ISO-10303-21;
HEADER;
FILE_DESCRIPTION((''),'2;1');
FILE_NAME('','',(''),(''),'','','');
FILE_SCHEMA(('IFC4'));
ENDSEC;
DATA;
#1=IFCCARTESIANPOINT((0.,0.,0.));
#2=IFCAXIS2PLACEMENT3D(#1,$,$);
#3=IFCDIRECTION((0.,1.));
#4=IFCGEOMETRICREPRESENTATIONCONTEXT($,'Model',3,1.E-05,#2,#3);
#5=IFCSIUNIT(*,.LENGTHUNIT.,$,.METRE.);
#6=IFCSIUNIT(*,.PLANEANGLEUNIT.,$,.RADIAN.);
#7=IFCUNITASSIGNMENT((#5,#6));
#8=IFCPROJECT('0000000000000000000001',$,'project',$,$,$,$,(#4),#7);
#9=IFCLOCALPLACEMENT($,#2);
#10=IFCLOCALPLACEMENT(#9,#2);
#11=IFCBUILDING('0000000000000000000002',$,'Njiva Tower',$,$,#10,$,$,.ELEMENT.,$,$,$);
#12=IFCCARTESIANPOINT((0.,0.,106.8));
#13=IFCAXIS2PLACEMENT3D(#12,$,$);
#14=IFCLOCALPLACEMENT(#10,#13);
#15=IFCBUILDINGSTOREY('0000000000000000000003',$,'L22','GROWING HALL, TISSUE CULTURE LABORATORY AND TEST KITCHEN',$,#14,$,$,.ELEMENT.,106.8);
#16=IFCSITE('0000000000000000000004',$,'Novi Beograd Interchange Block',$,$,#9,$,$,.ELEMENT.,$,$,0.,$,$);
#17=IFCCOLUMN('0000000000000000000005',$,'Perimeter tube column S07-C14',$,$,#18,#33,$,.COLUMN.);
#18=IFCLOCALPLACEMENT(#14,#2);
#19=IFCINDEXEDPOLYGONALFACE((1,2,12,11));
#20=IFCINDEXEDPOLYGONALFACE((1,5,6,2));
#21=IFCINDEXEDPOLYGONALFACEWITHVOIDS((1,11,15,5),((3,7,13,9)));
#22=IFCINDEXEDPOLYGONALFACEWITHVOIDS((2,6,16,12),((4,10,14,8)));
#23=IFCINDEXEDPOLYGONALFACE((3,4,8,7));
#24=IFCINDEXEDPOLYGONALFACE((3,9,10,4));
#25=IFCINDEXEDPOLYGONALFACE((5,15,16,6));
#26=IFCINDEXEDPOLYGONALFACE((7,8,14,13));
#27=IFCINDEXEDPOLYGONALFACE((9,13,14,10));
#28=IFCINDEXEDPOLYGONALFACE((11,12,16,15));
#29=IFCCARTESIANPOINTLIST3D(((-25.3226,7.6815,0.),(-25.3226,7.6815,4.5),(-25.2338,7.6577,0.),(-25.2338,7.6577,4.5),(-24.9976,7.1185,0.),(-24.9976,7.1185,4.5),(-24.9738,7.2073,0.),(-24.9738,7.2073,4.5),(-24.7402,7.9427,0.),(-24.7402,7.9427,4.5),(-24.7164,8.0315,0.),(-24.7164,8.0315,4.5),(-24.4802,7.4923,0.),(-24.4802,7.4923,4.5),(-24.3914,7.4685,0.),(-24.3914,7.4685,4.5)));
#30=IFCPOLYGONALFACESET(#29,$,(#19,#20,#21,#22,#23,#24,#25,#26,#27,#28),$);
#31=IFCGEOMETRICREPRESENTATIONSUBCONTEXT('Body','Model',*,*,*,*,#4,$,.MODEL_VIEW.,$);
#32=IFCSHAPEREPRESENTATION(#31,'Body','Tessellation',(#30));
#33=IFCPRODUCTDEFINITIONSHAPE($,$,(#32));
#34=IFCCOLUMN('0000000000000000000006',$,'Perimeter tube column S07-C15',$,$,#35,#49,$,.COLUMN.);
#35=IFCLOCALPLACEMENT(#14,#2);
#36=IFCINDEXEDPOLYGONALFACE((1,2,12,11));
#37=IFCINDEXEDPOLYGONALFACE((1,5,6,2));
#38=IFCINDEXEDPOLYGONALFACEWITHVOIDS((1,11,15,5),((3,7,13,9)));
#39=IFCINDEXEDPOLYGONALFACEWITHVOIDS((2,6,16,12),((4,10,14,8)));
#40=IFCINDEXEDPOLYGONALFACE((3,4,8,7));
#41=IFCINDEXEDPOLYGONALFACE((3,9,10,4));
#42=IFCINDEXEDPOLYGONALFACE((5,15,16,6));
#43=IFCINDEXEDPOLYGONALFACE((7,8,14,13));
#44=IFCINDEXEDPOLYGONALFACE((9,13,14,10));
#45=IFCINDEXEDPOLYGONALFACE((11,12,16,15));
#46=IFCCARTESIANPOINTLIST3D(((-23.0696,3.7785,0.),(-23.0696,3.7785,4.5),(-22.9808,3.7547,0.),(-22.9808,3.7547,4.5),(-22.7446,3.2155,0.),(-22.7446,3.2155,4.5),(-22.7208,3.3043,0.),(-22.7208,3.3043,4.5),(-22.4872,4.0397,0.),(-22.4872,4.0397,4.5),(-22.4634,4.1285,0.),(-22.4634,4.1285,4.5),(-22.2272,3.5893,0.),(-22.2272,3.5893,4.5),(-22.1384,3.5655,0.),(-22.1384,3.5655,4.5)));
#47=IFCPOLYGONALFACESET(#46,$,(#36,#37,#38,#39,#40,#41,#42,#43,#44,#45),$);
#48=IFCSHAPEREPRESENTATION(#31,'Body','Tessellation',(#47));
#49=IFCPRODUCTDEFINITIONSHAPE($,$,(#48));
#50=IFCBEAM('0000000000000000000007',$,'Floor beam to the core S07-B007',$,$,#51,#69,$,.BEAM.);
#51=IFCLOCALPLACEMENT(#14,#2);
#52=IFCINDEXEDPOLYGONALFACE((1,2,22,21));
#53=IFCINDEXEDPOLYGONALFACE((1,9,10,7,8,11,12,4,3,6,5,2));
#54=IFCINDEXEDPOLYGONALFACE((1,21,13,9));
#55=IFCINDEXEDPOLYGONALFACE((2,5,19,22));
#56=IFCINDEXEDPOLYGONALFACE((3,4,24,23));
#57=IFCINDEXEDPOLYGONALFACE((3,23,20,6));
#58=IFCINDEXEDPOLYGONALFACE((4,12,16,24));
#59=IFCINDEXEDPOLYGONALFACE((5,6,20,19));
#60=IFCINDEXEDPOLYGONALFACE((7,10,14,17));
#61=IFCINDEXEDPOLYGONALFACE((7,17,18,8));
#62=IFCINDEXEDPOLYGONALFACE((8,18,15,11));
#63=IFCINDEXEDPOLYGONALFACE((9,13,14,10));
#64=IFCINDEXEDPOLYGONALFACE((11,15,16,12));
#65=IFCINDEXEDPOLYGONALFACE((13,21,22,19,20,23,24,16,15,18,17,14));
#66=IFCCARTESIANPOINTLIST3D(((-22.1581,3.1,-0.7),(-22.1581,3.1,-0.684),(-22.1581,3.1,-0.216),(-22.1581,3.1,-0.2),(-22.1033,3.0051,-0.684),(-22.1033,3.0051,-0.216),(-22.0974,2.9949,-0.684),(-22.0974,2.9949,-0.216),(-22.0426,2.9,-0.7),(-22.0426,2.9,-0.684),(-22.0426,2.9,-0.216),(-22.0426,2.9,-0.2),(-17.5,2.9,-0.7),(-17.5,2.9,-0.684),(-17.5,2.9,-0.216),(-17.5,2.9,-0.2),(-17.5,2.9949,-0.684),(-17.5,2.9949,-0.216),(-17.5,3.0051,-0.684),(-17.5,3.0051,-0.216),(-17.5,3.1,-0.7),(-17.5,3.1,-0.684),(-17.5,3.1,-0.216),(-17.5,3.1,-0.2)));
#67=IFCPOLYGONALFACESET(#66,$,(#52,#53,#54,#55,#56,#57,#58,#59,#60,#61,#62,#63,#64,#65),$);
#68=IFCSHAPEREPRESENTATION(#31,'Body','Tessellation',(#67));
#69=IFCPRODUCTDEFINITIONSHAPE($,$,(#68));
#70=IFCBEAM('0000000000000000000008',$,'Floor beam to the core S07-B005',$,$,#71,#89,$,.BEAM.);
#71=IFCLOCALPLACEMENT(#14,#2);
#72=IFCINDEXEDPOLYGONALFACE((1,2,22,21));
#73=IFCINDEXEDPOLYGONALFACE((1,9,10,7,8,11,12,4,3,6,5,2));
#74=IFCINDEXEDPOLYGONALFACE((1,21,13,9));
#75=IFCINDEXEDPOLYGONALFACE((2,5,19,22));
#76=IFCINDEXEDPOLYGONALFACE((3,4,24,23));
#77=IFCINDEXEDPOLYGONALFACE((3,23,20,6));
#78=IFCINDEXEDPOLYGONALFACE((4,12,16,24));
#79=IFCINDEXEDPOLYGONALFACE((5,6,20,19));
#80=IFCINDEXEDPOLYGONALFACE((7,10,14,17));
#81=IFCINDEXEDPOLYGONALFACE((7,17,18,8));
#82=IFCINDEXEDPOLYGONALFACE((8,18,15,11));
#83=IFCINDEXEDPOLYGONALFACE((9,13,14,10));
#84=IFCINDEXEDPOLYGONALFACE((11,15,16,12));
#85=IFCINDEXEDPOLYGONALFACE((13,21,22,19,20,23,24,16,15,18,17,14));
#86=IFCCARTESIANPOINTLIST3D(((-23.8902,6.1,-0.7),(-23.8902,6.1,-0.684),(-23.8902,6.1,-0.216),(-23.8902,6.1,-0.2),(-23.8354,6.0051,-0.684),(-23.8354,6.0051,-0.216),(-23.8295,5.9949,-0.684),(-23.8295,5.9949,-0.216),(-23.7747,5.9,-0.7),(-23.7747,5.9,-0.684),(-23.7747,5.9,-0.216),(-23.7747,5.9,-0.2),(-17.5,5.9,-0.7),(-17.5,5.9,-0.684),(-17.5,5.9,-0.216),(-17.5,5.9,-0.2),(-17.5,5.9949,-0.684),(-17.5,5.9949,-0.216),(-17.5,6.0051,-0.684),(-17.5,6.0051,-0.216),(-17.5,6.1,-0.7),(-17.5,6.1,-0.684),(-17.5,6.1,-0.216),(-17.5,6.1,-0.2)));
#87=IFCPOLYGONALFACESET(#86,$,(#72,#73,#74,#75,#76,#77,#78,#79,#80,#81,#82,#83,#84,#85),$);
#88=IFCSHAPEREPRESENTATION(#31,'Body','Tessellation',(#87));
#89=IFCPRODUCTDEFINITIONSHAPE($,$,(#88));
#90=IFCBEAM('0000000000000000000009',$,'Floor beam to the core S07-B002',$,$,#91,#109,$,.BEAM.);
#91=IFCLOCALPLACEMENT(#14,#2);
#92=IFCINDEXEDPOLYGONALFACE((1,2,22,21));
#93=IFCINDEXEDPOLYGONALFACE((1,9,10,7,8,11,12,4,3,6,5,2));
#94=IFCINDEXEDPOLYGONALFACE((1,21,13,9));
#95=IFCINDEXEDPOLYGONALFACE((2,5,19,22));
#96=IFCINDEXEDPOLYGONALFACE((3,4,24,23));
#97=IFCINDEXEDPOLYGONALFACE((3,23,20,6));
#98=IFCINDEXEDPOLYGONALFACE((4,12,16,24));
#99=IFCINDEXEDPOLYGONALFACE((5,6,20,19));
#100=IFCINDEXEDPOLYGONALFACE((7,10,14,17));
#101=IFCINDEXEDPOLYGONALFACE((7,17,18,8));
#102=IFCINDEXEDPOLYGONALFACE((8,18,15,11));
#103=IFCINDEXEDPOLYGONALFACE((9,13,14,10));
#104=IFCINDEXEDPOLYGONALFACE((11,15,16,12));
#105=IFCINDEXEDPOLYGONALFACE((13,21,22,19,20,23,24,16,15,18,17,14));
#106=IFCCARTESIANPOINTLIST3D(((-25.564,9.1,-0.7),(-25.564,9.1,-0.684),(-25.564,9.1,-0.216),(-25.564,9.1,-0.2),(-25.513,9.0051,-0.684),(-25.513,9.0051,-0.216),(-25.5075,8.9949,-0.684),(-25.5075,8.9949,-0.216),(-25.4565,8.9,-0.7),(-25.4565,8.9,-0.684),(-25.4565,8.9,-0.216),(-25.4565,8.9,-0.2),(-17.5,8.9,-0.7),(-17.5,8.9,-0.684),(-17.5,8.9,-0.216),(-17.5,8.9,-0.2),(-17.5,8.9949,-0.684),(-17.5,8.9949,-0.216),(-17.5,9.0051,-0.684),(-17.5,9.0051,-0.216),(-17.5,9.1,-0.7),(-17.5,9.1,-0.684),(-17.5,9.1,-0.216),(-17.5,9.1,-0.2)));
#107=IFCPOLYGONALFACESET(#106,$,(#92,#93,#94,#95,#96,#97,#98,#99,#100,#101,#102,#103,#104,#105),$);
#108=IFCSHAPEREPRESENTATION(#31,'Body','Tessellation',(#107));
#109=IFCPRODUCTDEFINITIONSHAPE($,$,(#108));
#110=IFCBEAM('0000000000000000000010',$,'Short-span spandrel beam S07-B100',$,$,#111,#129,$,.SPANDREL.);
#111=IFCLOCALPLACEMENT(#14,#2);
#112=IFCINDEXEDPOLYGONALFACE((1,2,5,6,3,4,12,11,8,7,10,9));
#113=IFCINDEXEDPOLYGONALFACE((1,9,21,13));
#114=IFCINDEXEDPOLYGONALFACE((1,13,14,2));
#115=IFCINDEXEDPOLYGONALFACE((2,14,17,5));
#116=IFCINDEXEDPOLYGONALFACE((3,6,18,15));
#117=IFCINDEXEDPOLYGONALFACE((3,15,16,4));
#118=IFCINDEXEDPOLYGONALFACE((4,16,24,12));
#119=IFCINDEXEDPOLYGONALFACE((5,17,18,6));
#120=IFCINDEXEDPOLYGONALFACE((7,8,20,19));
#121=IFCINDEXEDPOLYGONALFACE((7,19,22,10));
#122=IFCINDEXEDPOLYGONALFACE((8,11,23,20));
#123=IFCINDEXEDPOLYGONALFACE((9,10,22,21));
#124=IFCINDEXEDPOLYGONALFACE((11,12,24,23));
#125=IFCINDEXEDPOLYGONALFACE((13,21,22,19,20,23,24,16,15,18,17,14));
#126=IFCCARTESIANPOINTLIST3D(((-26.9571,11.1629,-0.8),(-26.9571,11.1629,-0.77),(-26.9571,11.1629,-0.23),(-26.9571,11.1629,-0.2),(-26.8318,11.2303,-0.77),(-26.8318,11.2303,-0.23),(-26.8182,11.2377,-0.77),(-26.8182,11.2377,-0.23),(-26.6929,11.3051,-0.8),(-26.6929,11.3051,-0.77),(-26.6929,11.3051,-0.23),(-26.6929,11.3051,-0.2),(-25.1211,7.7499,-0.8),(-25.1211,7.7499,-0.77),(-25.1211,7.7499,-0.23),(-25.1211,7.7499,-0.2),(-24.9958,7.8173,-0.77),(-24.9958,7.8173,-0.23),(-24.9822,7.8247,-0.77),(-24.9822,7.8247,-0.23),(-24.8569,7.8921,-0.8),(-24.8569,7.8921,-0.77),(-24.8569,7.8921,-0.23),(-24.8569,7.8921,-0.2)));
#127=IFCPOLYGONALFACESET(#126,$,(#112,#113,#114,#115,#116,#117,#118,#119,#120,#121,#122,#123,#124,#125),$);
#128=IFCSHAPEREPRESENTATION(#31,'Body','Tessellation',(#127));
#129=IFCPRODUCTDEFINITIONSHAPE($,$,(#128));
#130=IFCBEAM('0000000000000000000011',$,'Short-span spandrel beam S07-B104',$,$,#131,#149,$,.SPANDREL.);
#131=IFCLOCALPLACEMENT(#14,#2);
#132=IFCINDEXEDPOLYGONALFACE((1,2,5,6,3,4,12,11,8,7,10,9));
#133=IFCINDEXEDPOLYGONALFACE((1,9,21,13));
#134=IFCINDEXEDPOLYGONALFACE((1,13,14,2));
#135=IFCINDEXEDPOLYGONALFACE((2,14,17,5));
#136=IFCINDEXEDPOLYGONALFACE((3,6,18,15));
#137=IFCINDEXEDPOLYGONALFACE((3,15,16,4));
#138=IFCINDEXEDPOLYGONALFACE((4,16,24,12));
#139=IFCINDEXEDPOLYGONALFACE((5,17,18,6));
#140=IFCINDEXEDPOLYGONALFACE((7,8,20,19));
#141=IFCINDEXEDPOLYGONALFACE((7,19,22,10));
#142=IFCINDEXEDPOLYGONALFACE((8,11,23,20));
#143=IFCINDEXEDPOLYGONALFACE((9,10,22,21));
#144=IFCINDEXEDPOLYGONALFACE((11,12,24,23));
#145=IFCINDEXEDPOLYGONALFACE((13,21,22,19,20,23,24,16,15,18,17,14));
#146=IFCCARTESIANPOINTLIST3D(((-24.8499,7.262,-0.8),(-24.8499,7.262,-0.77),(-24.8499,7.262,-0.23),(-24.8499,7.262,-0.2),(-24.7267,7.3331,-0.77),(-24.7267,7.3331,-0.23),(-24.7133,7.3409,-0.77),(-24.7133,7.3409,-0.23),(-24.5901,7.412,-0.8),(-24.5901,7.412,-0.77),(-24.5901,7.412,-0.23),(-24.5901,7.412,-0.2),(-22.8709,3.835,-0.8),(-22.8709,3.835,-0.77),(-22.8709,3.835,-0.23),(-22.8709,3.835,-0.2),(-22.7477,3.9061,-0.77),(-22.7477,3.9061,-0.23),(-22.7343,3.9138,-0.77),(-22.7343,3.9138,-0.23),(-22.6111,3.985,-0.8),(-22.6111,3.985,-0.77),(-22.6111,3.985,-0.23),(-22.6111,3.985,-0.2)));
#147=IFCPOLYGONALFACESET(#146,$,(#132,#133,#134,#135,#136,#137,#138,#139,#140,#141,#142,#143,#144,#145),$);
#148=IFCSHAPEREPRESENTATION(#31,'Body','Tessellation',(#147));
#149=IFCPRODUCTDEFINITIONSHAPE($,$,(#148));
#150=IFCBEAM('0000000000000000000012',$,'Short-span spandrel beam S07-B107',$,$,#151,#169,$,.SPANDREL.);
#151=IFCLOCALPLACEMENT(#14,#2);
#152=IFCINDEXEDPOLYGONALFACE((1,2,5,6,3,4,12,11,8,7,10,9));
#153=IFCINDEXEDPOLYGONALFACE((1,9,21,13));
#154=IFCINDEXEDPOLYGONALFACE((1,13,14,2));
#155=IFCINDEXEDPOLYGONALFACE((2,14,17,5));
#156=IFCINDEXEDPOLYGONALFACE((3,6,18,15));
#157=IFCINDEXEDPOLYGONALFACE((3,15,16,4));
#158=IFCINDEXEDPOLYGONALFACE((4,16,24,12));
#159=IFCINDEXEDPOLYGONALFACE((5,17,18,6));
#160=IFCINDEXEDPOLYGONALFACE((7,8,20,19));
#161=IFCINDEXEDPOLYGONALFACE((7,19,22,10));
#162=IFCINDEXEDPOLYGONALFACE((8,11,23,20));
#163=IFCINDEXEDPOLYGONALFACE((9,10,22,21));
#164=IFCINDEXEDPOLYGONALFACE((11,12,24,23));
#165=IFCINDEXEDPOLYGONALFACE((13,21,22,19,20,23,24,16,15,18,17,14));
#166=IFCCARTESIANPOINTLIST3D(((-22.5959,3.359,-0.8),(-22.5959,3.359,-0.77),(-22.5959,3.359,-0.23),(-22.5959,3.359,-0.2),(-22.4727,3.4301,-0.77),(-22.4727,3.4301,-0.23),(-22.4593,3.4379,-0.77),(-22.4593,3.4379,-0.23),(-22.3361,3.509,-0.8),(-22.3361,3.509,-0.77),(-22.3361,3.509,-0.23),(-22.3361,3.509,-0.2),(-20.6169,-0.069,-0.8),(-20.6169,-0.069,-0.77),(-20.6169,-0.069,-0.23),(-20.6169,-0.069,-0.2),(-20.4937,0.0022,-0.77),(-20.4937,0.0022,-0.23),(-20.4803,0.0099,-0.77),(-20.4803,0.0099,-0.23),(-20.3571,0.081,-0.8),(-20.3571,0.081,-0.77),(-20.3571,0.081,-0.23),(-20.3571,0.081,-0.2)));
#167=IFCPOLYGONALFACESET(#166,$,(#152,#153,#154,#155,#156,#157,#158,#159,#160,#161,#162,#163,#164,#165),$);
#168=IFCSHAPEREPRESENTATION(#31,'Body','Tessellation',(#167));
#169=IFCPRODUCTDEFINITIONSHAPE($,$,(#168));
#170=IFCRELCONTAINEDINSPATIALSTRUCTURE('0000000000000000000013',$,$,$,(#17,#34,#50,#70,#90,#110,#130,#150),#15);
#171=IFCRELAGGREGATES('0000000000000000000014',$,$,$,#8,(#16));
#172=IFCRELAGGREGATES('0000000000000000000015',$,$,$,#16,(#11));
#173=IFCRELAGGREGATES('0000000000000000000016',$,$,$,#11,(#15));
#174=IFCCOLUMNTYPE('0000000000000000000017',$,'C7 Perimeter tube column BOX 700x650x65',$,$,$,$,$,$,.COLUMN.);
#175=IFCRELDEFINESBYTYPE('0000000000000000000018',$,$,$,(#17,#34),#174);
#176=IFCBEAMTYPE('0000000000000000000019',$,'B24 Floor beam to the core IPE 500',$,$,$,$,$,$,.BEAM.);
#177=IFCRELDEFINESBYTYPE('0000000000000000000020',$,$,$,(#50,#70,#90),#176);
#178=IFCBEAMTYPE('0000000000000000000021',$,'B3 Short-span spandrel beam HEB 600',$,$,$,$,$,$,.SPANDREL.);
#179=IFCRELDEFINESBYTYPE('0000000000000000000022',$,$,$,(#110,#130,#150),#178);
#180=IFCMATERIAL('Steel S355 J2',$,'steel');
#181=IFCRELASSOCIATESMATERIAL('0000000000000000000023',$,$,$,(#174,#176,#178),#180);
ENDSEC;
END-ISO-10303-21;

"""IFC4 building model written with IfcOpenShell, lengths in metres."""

from ifc_helpers import new_model, si_unit, direction, frame, origin, origin_2d, place, context, subcontext, project, spatial, hollow_rectangle, i_section, extrude, clip, halfspace, material, material_profile, profile_set, type_object, element, save


model = new_model("IFC4")

# Units and contexts
model_context = context("Model", 3, precision=1e-05, world=origin(), true_north=direction((0.0, 1.0)))
body_context = subcontext(model_context, "Body", "Model", "MODEL_VIEW")
ifc_project = project(units=[si_unit("LENGTHUNIT", "METRE"), si_unit("PLANEANGLEUNIT", "RADIAN")], contexts=[model_context])

# Site, building, storey
site_placement = place(None, origin())
site = spatial("IfcSite", under=ifc_project, at=site_placement, Name="Novi Beograd Interchange Block", CompositionType="ELEMENT", RefElevation=0.0)
building_placement = place(site_placement, origin())
building = spatial("IfcBuilding", under=site, at=building_placement, Name="Njiva Tower", CompositionType="ELEMENT")
storey_placement = place(building_placement, frame((0.0, 0.0, 106.8)))
storey = spatial("IfcBuildingStorey", under=building, at=storey_placement, Name="L22", Description="GROWING HALL, TISSUE CULTURE LABORATORY AND TEST KITCHEN", CompositionType="ELEMENT", Elevation=106.8)

# Columns
ifc_material_1 = material(Name="Steel S355 J2", Category="steel")
ifc_material_profile_1 = material_profile(ifc_material_1, hollow_rectangle(XDim=0.65, YDim=0.7, WallThickness=0.065, at=origin_2d()), Name="BOX 700x650x65")
ifc_profile_set_1 = profile_set([ifc_material_profile_1], Name="Steel S355 J2")
column_type = type_object("IfcColumnType", Name="C7 Perimeter tube column BOX 700x650x65", PredefinedType="COLUMN", material=ifc_profile_set_1)
for number, where, z_axis, x_axis, name in (
    (1, (-24.857, 7.575, 0.0), (0.0, 0.0, 1.0), (0.5, -0.866025, 0.0), "Perimeter tube column S07-C14"),
    (2, (-22.604, 3.672, 0.0), (0.0, 0.0, 1.0), (0.5, -0.866025, 0.0), "Perimeter tube column S07-C15"),
):
    element("IfcColumn", number, at=place(storey_placement, frame(where, z_axis=z_axis, x_axis=x_axis)), inside=storey, type_object=column_type, Name=name, PredefinedType="COLUMN", context=body_context, shape_type="SweptSolid", body=[
        extrude(hollow_rectangle(XDim=0.65, YDim=0.7, WallThickness=0.065, at=origin_2d()), origin(), (0.0, 0.0, 1.0), 4.5),
    ])

# Beams
ifc_material_profile_2 = material_profile(ifc_material_1, i_section(OverallWidth=0.2, OverallDepth=0.5, WebThickness=0.0102, FlangeThickness=0.016, at=origin_2d()), Name="IPE 500")
ifc_profile_set_2 = profile_set([ifc_material_profile_2], Name="Steel S355 J2")
beam_type_1 = type_object("IfcBeamType", Name="B24 Floor beam to the core IPE 500", PredefinedType="BEAM", material=ifc_profile_set_2)
beam_1_placement = place(storey_placement, frame((-22.178, 3.0, -0.45), z_axis=(1.0, 0.0, 0.0), x_axis=(0.0, 1.0, 0.0)))
element("IfcBeam", 3, at=beam_1_placement, inside=storey, type_object=beam_type_1, Name="Floor beam to the core S07-B007", PredefinedType="BEAM", context=body_context, shape_type="Clipping", body=[
    clip(extrude(i_section(OverallWidth=0.2, OverallDepth=0.5, WebThickness=0.0102, FlangeThickness=0.016, at=origin_2d()), origin(), (0.0, 0.0, 1.0), 4.678), halfspace(frame((-0.025, 0.0, 0.0921), z_axis=(-0.499998, 0.0, -0.866027), x_axis=(0.0, -1.0, 0.0)), False)),
])
beam_2_placement = place(storey_placement, frame((-23.91, 6.0, -0.45), z_axis=(1.0, 0.0, 0.0), x_axis=(0.0, 1.0, 0.0)))
element("IfcBeam", 4, at=beam_2_placement, inside=storey, type_object=beam_type_1, Name="Floor beam to the core S07-B005", PredefinedType="BEAM", context=body_context, shape_type="Clipping", body=[
    clip(extrude(i_section(OverallWidth=0.2, OverallDepth=0.5, WebThickness=0.0102, FlangeThickness=0.016, at=origin_2d()), origin(), (0.0, 0.0, 1.0), 6.41), halfspace(frame((-0.025, 0.0, 0.092), z_axis=(-0.499998, 0.0, -0.866027), x_axis=(0.0, -1.0, 0.0)), False)),
])
beam_3_placement = place(storey_placement, frame((-25.584, 9.0, -0.45), z_axis=(1.0, 0.0, 0.0), x_axis=(0.0, 1.0, 0.0)))
element("IfcBeam", 5, at=beam_3_placement, inside=storey, type_object=beam_type_1, Name="Floor beam to the core S07-B002", PredefinedType="BEAM", context=body_context, shape_type="Clipping", body=[
    clip(extrude(i_section(OverallWidth=0.2, OverallDepth=0.5, WebThickness=0.0102, FlangeThickness=0.016, at=origin_2d()), origin(), (0.0, 0.0, 1.0), 8.084), halfspace(frame((-0.0237, 0.0, 0.0865), z_axis=(-0.473769, 0.0, -0.880649), x_axis=(0.0, -1.0, 0.0)), False)),
])
ifc_material_profile_3 = material_profile(ifc_material_1, i_section(OverallWidth=0.3, OverallDepth=0.6, WebThickness=0.0155, FlangeThickness=0.03, at=origin_2d()), Name="HEB 600")
ifc_profile_set_3 = profile_set([ifc_material_profile_3], Name="Steel S355 J2")
beam_type_2 = type_object("IfcBeamType", Name="B3 Short-span spandrel beam HEB 600", PredefinedType="SPANDREL", material=ifc_profile_set_3)
beam_4_placement = place(storey_placement, frame((-26.825, 11.234, -0.5), z_axis=(0.473746, -0.880662, 0.0), x_axis=(0.880662, 0.473746, 0.0)))
element("IfcBeam", 6, at=beam_4_placement, inside=storey, type_object=beam_type_2, Name="Short-span spandrel beam S07-B100", PredefinedType="SPANDREL", context=body_context, shape_type="SweptSolid", body=[
    extrude(i_section(OverallWidth=0.3, OverallDepth=0.6, WebThickness=0.0155, FlangeThickness=0.03, at=origin_2d()), origin(), (0.0, 0.0, 1.0), 3.8755),
])
beam_5_placement = place(storey_placement, frame((-24.72, 7.337, -0.5), z_axis=(0.50008, -0.865979, 0.0), x_axis=(0.865979, 0.50008, 0.0)))
element("IfcBeam", 7, at=beam_5_placement, inside=storey, type_object=beam_type_2, Name="Short-span spandrel beam S07-B104", PredefinedType="SPANDREL", context=body_context, shape_type="SweptSolid", body=[
    extrude(i_section(OverallWidth=0.3, OverallDepth=0.6, WebThickness=0.0155, FlangeThickness=0.03, at=origin_2d()), origin(), (0.0, 0.0, 1.0), 3.9574),
])
beam_6_placement = place(storey_placement, frame((-22.466, 3.434, -0.5), z_axis=(0.49997, -0.866043, 0.0), x_axis=(0.866043, 0.49997, 0.0)))
element("IfcBeam", 8, at=beam_6_placement, inside=storey, type_object=beam_type_2, Name="Short-span spandrel beam S07-B107", PredefinedType="SPANDREL", context=body_context, shape_type="SweptSolid", body=[
    extrude(i_section(OverallWidth=0.3, OverallDepth=0.6, WebThickness=0.0155, FlangeThickness=0.03, at=origin_2d()), origin(), (0.0, 0.0, 1.0), 3.9582),
])

save(model, "model.ifc")
